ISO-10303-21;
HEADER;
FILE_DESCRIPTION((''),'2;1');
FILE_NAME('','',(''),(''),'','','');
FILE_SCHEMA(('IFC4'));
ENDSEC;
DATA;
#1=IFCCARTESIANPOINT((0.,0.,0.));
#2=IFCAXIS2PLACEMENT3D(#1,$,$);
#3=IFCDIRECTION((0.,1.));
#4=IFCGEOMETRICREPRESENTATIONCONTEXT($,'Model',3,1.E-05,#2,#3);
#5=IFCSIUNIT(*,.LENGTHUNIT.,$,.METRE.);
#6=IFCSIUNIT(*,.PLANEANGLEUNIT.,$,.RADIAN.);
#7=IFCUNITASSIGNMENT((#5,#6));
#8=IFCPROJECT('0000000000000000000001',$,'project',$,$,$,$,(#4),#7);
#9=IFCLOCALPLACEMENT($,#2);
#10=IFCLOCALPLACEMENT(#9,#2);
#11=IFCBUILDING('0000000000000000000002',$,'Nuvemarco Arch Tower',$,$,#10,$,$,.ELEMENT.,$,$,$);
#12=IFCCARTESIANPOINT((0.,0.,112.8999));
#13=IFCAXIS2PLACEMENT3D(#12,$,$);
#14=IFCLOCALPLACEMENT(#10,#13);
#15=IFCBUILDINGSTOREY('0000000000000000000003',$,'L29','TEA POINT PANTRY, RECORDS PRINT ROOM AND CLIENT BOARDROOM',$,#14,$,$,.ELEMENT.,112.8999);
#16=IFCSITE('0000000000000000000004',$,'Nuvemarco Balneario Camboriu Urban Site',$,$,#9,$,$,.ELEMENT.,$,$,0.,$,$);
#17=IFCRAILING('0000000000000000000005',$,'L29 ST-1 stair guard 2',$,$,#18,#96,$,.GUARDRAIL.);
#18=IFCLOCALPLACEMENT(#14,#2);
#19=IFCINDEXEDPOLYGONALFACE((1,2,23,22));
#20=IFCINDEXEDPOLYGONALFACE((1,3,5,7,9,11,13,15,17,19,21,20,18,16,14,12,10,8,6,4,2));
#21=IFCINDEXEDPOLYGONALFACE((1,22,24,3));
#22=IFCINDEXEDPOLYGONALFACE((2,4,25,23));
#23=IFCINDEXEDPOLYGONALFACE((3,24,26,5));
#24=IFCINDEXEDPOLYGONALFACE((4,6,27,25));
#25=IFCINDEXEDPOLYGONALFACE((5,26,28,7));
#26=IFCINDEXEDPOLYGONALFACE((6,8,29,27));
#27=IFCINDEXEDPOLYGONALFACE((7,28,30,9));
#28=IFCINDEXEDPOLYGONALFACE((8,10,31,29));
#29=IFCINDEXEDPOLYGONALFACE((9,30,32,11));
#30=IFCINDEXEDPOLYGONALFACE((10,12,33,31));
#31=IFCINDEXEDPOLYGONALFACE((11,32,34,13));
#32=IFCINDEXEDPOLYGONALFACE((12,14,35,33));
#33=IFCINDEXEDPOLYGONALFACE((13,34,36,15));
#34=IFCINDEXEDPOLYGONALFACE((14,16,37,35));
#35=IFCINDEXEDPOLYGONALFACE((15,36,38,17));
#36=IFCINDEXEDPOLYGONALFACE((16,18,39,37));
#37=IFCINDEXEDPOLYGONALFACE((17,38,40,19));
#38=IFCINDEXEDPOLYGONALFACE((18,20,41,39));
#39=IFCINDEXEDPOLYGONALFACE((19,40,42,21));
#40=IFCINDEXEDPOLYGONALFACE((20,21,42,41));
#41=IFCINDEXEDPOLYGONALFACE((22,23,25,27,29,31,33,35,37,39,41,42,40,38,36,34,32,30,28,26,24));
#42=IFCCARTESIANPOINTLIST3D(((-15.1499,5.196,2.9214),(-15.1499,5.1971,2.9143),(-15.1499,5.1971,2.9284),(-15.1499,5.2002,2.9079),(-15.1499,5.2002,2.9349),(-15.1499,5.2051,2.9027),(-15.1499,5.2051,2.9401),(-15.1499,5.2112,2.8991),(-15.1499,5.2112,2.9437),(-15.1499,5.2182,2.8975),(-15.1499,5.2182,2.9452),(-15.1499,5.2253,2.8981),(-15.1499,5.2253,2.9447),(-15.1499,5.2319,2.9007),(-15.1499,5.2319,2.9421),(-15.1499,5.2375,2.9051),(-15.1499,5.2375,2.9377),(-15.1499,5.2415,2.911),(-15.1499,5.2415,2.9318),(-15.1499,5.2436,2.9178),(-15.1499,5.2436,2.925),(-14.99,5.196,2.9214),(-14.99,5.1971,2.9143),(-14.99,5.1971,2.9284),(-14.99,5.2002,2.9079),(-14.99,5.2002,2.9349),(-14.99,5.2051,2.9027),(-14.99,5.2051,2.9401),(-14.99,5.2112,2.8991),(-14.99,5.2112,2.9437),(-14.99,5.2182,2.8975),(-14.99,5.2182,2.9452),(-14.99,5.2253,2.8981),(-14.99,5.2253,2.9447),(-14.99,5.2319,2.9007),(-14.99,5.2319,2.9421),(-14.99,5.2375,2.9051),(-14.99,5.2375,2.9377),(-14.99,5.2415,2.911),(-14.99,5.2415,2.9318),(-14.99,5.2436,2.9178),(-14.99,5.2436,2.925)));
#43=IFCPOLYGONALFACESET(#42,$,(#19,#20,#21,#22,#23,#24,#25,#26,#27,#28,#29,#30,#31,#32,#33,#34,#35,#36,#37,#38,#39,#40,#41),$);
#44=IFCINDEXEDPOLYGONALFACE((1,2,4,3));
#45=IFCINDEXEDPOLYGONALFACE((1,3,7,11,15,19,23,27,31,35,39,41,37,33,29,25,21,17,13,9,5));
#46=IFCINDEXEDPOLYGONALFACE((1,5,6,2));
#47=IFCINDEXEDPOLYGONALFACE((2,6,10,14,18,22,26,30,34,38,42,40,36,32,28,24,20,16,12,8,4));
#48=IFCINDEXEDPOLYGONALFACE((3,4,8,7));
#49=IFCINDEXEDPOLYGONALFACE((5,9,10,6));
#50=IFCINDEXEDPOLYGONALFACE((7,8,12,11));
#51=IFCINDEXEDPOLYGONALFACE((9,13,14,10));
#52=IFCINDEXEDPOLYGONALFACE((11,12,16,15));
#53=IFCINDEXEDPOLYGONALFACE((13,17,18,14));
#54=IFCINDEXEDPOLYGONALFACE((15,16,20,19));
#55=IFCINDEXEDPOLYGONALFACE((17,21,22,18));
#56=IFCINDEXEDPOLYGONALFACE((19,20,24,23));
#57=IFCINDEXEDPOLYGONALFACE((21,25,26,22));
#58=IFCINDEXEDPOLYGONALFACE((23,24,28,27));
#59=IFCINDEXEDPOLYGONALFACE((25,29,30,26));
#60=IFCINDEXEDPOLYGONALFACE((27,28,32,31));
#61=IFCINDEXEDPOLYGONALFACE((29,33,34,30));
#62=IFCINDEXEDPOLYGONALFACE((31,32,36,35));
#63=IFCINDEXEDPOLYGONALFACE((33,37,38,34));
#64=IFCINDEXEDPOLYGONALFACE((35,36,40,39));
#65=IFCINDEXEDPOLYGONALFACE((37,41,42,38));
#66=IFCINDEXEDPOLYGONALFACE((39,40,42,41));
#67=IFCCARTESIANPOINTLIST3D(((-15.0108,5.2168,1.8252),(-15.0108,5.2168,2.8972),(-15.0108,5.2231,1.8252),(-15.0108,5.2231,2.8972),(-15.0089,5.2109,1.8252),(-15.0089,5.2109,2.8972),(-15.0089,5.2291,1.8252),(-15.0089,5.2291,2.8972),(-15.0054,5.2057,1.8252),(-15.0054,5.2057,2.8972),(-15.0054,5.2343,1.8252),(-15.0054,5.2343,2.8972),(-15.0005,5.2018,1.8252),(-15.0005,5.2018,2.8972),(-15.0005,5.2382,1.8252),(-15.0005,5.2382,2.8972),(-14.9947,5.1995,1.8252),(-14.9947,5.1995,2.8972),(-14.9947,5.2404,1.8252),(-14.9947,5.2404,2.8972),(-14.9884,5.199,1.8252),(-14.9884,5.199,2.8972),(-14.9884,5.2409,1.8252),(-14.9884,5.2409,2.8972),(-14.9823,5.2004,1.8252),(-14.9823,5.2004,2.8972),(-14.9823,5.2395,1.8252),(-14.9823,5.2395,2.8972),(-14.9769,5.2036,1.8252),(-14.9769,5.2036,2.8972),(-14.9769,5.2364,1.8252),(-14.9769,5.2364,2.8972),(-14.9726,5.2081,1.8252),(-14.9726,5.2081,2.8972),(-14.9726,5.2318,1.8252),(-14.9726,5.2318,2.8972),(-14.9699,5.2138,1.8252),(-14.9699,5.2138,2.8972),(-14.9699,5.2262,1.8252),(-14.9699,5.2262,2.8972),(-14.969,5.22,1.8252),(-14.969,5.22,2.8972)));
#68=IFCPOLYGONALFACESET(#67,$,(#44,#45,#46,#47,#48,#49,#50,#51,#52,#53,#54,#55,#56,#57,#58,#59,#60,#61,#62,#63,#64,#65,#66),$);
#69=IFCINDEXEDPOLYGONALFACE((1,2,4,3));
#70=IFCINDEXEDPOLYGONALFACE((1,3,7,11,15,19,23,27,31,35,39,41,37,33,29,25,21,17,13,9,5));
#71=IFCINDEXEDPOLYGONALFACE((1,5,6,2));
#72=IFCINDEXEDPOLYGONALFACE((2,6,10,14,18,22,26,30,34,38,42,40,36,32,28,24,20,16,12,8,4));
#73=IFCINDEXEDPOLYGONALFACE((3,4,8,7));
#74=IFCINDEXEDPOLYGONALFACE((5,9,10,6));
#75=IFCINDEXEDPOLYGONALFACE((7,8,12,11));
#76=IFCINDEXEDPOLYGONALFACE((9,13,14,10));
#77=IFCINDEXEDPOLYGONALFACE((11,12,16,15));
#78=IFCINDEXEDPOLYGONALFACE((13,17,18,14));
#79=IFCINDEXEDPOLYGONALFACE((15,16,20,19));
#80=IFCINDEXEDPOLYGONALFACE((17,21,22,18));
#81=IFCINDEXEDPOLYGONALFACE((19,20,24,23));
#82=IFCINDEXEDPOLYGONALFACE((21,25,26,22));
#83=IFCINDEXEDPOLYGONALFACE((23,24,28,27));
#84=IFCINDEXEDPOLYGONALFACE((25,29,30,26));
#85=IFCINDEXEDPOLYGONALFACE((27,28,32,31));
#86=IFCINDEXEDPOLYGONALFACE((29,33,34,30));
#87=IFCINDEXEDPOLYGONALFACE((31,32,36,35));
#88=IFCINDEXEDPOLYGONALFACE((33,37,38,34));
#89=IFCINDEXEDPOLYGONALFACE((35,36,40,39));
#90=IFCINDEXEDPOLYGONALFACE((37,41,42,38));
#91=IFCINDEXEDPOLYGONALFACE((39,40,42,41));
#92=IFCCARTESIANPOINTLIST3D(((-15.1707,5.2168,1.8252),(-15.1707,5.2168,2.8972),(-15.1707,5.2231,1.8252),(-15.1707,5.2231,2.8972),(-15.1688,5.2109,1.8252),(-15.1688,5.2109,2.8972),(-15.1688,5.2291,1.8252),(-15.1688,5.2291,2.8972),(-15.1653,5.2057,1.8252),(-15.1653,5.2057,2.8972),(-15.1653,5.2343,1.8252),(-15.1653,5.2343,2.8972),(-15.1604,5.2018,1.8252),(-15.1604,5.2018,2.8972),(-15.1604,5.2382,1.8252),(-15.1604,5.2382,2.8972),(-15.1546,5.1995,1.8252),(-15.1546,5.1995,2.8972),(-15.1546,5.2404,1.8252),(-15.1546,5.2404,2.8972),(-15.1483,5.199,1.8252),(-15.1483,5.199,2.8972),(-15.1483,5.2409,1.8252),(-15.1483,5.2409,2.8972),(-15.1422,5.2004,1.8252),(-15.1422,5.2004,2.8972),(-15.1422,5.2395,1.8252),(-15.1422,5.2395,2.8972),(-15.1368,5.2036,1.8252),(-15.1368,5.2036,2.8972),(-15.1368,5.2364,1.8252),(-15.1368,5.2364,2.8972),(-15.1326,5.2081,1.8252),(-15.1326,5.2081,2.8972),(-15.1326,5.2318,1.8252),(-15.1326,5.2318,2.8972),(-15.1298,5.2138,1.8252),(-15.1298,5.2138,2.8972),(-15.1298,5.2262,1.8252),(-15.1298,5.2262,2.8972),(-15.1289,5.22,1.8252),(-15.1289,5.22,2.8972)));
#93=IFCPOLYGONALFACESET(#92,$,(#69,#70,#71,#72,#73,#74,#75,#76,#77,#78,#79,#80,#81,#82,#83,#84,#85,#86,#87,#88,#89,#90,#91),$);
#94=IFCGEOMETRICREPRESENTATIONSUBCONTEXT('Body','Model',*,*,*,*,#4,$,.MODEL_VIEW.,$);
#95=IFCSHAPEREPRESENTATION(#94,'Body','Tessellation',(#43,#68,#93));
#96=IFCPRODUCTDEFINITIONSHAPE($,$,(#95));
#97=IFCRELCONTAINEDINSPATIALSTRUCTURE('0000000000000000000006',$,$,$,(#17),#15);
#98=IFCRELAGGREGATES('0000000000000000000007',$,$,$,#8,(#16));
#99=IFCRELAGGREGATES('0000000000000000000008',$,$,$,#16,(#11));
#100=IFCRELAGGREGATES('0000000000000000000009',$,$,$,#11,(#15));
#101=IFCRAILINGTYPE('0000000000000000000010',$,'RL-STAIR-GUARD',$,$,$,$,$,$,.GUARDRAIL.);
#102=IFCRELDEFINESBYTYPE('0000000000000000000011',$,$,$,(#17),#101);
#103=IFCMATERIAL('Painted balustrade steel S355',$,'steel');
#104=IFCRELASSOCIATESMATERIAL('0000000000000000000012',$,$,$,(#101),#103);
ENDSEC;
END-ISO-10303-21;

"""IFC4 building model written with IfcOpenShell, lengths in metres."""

from ifc_helpers import new_model, si_unit, direction, frame, origin, origin_2d, place, context, subcontext, project, spatial, circle, extrude, material, type_object, element, save


model = new_model("IFC4")

# Units and contexts
model_context = context("Model", 3, precision=1e-05, world=origin(), true_north=direction((0.0, 1.0)))
body_context = subcontext(model_context, "Body", "Model", "MODEL_VIEW")
ifc_project = project(units=[si_unit("LENGTHUNIT", "METRE"), si_unit("PLANEANGLEUNIT", "RADIAN")], contexts=[model_context])

# Site, building, storey
site_placement = place(None, origin())
site = spatial("IfcSite", under=ifc_project, at=site_placement, Name="Nuvemarco Balneario Camboriu Urban Site", CompositionType="ELEMENT", RefElevation=0.0)
building_placement = place(site_placement, origin())
building = spatial("IfcBuilding", under=site, at=building_placement, Name="Nuvemarco Arch Tower", CompositionType="ELEMENT")
storey_placement = place(building_placement, frame((0.0, 0.0, 112.8999)))
storey = spatial("IfcBuildingStorey", under=building, at=storey_placement, Name="L29", Description="TEA POINT PANTRY, RECORDS PRINT ROOM AND CLIENT BOARDROOM", CompositionType="ELEMENT", Elevation=112.8999)

# Railing
ifc_material_1 = material(Name="Painted balustrade steel S355", Category="steel")
railing_type_1 = type_object("IfcRailingType", Name="RL-STAIR-GUARD", PredefinedType="GUARDRAIL", material=ifc_material_1)
railing_1_placement = place(storey_placement, frame((-14.99, 5.22, 1.8252)))
element("IfcRailing", 1, at=railing_1_placement, inside=storey, type_object=railing_type_1, Name="L29 ST-1 stair guard 2", PredefinedType="GUARDRAIL", context=body_context, shape_type="SweptSolid", body=[
    extrude(circle(Radius=0.0239, at=origin_2d()), frame((0.0, 0.0, 1.0962), z_axis=(-1.0, 0.0, 0.0), x_axis=(0.0, -1.0, 0.0)), (0.0, 0.0, 1.0), 0.1599),
    extrude(circle(Radius=0.021, at=origin_2d()), origin(), (0.0, 0.0, 1.0), 1.072),
    extrude(circle(Radius=0.021, at=origin_2d()), frame((-0.1599, 0.0, 0.0)), (0.0, 0.0, 1.0), 1.072),
])

save(model, "model.ifc")
